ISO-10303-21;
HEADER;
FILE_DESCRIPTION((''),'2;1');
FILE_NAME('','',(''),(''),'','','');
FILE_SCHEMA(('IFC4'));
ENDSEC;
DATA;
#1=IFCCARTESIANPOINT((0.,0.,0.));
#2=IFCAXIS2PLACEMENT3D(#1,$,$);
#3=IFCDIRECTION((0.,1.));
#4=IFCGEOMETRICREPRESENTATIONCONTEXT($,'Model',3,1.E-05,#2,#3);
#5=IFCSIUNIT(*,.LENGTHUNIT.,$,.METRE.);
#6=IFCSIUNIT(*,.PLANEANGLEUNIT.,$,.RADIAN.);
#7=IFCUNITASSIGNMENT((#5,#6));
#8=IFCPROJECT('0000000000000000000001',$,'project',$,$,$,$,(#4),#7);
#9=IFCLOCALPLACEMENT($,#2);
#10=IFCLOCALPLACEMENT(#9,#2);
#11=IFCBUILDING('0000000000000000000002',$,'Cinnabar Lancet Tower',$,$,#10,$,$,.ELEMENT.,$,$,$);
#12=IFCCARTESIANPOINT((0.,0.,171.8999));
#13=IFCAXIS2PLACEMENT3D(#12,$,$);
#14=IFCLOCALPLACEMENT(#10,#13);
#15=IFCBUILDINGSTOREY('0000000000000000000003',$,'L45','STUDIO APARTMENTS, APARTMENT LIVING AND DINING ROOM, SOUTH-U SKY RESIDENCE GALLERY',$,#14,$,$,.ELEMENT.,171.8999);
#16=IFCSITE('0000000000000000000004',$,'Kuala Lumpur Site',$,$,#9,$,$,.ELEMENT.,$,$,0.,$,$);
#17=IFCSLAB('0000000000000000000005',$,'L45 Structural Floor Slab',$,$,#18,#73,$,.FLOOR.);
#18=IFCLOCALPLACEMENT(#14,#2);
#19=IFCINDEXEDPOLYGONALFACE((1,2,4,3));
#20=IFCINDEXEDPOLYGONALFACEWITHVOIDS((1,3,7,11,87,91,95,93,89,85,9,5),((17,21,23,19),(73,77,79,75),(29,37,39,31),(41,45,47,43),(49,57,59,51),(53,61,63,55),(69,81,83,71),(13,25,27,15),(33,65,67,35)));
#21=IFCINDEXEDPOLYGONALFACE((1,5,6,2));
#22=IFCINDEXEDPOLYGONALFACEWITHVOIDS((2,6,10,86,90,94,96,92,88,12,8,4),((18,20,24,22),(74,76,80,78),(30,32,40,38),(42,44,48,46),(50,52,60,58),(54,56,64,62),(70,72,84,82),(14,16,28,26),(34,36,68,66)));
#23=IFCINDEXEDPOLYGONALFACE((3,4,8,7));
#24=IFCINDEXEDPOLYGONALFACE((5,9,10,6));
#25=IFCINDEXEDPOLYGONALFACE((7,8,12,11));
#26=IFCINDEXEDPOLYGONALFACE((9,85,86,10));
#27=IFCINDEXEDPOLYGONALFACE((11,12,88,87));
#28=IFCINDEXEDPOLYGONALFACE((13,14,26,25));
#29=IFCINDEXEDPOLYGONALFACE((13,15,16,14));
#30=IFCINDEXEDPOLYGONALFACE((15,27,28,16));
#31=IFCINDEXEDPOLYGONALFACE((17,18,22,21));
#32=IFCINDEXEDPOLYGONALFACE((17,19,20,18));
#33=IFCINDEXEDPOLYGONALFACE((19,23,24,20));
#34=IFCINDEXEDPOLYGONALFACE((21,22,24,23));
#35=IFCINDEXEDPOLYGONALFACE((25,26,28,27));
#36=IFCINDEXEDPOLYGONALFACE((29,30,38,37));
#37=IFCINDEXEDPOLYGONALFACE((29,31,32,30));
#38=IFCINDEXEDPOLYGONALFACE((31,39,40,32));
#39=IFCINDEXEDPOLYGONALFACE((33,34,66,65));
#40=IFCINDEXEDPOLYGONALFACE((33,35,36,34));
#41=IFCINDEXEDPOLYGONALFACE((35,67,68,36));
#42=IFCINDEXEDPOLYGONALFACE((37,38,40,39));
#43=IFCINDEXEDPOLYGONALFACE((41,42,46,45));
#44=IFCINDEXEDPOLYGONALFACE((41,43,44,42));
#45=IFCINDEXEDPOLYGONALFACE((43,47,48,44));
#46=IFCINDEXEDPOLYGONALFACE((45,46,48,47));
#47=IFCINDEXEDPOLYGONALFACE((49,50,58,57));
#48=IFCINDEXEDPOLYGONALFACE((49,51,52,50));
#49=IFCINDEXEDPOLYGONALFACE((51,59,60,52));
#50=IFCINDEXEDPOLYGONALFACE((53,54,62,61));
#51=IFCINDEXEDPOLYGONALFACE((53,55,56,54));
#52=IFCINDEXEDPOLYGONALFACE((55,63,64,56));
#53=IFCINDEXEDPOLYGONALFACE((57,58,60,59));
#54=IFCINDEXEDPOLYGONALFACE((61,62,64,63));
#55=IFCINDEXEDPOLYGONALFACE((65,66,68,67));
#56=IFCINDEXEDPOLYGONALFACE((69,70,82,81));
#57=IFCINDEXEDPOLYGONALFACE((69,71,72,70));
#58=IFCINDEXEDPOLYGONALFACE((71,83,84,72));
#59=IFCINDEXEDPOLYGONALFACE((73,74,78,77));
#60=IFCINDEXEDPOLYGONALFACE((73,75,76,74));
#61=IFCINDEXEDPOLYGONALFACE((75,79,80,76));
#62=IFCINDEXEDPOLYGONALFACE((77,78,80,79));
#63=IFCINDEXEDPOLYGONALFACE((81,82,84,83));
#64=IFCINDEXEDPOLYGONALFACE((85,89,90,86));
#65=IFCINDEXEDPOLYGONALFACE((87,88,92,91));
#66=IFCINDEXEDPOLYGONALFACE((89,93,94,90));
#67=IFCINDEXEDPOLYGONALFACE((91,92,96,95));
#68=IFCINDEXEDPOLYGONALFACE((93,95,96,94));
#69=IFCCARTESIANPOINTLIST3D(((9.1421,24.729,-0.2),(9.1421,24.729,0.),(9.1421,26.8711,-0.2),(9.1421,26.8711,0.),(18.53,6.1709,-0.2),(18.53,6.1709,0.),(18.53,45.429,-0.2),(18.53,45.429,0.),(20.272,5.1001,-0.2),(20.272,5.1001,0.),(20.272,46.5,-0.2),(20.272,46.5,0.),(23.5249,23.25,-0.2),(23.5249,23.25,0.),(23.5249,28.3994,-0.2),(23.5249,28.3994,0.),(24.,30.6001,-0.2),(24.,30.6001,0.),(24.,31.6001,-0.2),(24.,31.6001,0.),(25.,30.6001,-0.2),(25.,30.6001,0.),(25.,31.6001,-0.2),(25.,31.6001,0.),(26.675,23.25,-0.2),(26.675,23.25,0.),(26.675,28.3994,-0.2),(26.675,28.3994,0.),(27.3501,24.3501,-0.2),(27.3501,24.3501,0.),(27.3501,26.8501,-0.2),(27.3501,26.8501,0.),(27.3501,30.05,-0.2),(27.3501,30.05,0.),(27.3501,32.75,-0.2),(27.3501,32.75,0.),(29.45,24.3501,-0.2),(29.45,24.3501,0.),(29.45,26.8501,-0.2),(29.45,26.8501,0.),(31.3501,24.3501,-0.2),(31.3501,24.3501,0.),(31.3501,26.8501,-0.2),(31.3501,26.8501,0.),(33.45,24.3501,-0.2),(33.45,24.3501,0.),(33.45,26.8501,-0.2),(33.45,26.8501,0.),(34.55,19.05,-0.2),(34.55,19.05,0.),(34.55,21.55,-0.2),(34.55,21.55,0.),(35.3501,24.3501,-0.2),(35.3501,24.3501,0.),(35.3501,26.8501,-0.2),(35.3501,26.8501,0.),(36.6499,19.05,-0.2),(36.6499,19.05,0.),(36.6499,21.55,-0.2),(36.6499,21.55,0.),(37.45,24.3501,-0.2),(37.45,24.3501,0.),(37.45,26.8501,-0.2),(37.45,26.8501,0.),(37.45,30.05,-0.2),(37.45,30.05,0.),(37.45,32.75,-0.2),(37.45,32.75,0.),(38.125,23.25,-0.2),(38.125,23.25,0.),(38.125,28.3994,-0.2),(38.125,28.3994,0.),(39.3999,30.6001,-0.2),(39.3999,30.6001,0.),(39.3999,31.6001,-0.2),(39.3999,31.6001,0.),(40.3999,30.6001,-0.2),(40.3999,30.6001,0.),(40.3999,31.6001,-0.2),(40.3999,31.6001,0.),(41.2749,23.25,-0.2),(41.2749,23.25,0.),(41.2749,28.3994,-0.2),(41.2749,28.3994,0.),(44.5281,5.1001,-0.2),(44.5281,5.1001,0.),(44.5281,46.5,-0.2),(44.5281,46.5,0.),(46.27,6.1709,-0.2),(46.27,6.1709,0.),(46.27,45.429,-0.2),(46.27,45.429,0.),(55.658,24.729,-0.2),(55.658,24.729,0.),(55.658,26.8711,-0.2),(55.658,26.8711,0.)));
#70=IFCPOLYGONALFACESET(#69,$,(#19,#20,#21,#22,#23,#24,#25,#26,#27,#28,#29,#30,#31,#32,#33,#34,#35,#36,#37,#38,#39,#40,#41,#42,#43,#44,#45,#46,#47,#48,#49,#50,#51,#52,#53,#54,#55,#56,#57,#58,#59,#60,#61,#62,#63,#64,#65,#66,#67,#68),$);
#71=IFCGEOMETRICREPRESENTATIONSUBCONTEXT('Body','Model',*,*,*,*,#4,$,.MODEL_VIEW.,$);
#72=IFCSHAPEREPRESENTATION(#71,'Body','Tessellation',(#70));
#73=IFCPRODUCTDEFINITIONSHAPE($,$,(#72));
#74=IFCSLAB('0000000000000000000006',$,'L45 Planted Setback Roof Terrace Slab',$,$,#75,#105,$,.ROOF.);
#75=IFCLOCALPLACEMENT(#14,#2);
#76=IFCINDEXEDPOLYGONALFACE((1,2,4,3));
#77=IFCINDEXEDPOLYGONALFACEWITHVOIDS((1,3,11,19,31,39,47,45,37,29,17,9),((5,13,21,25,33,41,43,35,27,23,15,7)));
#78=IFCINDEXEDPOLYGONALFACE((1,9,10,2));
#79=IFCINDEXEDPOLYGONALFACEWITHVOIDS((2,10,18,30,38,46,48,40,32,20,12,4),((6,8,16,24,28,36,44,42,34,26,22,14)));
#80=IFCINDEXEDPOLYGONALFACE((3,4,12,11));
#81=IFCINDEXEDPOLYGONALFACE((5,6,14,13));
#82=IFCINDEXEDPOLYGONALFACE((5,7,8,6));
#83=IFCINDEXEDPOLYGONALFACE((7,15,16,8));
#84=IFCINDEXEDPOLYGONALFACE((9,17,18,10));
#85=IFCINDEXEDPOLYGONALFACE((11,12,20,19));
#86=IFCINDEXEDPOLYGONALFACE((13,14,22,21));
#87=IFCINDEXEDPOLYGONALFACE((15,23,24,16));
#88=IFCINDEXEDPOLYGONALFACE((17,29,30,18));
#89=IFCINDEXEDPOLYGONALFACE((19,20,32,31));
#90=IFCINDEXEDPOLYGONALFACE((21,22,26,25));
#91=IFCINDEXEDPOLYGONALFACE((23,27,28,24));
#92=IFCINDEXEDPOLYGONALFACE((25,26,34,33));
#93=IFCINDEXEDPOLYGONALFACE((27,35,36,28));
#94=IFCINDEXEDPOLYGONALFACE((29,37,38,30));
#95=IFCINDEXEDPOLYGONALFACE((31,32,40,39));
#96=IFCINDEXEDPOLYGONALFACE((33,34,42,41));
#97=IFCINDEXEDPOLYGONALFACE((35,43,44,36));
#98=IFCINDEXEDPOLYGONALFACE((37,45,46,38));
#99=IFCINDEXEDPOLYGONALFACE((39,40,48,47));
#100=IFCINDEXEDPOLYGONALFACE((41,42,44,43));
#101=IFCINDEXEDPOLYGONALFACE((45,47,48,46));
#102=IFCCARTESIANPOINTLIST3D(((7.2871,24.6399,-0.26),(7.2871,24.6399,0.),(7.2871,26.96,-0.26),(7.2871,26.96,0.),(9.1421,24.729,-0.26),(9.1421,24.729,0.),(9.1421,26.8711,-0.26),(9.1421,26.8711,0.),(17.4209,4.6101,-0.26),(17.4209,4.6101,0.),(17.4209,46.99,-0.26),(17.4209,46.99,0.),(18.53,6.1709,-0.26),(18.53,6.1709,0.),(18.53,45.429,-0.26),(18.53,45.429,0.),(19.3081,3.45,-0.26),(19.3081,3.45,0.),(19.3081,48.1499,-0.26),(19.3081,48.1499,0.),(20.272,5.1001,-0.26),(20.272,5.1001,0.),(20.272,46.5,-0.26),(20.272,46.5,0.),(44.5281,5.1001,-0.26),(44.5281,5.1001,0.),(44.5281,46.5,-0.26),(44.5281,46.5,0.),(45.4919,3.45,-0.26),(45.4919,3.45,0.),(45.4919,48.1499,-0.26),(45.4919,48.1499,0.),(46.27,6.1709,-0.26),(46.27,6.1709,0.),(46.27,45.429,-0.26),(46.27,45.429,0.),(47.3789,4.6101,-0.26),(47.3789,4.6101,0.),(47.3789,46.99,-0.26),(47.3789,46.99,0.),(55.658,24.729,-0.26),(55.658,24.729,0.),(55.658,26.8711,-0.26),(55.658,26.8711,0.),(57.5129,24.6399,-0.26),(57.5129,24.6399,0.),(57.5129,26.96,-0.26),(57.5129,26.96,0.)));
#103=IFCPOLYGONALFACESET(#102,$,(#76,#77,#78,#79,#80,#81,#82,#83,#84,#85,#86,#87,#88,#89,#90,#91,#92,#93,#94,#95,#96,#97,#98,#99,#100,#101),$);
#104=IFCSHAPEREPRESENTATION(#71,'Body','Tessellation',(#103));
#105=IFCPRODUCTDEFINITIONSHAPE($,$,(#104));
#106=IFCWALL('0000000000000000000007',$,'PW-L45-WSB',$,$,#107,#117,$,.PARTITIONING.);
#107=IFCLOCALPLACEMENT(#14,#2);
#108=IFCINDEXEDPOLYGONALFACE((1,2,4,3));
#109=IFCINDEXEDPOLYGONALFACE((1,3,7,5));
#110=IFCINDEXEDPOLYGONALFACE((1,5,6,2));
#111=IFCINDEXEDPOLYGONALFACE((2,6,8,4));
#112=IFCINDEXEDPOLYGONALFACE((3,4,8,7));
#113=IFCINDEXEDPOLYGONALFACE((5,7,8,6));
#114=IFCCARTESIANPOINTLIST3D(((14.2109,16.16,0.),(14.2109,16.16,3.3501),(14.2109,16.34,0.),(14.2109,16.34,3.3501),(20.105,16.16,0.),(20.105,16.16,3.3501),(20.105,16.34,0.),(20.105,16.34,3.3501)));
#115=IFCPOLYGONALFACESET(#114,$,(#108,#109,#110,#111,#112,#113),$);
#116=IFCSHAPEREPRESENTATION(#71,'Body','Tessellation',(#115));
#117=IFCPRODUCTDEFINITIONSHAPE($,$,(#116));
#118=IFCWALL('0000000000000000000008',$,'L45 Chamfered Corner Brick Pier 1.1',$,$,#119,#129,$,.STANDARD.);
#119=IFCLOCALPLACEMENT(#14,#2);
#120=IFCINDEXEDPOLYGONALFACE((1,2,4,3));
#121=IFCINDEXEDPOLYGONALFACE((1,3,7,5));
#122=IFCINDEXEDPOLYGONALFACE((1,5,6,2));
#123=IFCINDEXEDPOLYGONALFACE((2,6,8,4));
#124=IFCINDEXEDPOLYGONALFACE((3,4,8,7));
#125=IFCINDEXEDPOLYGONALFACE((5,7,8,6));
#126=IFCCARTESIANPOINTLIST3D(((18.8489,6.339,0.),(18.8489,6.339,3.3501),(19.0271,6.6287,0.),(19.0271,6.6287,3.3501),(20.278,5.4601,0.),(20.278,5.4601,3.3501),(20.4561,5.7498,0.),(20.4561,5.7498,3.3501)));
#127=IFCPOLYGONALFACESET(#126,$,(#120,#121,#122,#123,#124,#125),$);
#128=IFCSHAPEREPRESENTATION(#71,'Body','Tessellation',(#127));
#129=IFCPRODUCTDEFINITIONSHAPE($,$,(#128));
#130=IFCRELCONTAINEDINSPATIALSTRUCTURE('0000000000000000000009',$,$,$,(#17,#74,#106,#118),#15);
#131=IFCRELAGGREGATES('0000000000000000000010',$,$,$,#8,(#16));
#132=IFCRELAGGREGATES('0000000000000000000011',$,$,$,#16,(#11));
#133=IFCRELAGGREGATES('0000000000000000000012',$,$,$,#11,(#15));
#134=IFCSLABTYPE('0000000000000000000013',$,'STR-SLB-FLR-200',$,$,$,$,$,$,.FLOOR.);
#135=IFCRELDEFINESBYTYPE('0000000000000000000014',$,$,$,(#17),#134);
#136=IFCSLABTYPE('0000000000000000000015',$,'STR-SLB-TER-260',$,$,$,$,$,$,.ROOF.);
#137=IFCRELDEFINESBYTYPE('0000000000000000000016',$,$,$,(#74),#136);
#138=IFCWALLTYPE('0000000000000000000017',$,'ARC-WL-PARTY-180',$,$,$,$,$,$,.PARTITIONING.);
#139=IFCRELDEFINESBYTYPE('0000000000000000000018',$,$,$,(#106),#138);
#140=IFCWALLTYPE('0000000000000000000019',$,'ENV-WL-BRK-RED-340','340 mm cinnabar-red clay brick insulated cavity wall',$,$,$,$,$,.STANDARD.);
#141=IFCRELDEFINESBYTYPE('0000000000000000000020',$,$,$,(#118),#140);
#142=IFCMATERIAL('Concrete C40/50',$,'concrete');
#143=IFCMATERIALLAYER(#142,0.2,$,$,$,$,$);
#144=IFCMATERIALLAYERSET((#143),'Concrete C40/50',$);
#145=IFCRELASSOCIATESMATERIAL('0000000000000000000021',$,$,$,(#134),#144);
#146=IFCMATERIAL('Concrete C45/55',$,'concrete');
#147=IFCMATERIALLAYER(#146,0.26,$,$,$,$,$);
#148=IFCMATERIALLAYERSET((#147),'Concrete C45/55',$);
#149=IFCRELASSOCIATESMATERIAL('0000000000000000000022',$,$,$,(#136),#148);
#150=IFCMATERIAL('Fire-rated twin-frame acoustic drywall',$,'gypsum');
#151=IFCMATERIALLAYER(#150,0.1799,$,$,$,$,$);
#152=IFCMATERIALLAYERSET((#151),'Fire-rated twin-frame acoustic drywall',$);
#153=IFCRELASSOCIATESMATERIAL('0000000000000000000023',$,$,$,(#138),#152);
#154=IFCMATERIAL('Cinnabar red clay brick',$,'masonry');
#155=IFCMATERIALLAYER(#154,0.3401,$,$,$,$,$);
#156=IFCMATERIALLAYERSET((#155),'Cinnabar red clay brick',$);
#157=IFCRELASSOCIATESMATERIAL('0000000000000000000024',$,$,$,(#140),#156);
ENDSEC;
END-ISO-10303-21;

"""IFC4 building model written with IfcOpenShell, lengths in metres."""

from ifc_helpers import new_model, si_unit, direction, frame, frame_2d, origin, place, context, subcontext, project, spatial, polyline, rectangle, outline, extrude, material, layer, layer_set, type_object, element, save


model = new_model("IFC4")

# Units and contexts
model_context = context("Model", 3, precision=1e-05, world=origin(), true_north=direction((0.0, 1.0)))
body_context = subcontext(model_context, "Body", "Model", "MODEL_VIEW")
ifc_project = project(units=[si_unit("LENGTHUNIT", "METRE"), si_unit("PLANEANGLEUNIT", "RADIAN")], contexts=[model_context])

# Site, building, storey
site_placement = place(None, origin())
site = spatial("IfcSite", under=ifc_project, at=site_placement, Name="Kuala Lumpur Site", CompositionType="ELEMENT", RefElevation=0.0)
building_placement = place(site_placement, origin())
building = spatial("IfcBuilding", under=site, at=building_placement, Name="Cinnabar Lancet Tower", CompositionType="ELEMENT")
storey_placement = place(building_placement, frame((0.0, 0.0, 171.8999)))
storey = spatial("IfcBuildingStorey", under=building, at=storey_placement, Name="L45", Description="STUDIO APARTMENTS, APARTMENT LIVING AND DINING ROOM, SOUTH-U SKY RESIDENCE GALLERY", CompositionType="ELEMENT", Elevation=171.8999)

# Slabs
ifc_material_1 = material(Name="Concrete C40/50", Category="concrete")
ifc_layer_1 = layer(ifc_material_1, 0.2)
ifc_layer_set_1 = layer_set([ifc_layer_1], Name="Concrete C40/50")
slab_type_1 = type_object("IfcSlabType", Name="STR-SLB-FLR-200", PredefinedType="FLOOR", material=ifc_layer_set_1)
slab_1_placement = place(storey_placement, frame((0.0, 0.0, -0.2)))
element("IfcSlab", 1, at=slab_1_placement, inside=storey, type_object=slab_type_1, Name="L45 Structural Floor Slab", PredefinedType="FLOOR", context=body_context, shape_type="SweptSolid", body=[
    extrude(outline(polyline([(18.53, 6.1709), (20.272, 5.1001), (44.5281, 5.1001), (46.27, 6.1709), (55.658, 24.729), (55.658, 26.8711), (46.27, 45.429), (44.5281, 46.5), (20.272, 46.5), (18.53, 45.429), (9.1421, 26.8711), (9.1421, 24.729), (18.53, 6.1709)]), holes=[polyline([(23.5249, 23.25), (26.675, 23.25), (26.675, 28.3994), (23.5249, 28.3994), (23.5249, 23.25)]), polyline([(38.125, 23.25), (41.2749, 23.25), (41.2749, 28.3994), (38.125, 28.3994), (38.125, 23.25)]), polyline([(27.3501, 30.05), (37.45, 30.05), (37.45, 32.75), (27.3501, 32.75), (27.3501, 30.05)]), polyline([(34.55, 19.05), (36.6499, 19.05), (36.6499, 21.55), (34.55, 21.55), (34.55, 19.05)]), polyline([(27.3501, 24.3501), (29.45, 24.3501), (29.45, 26.8501), (27.3501, 26.8501), (27.3501, 24.3501)]), polyline([(35.3501, 24.3501), (37.45, 24.3501), (37.45, 26.8501), (35.3501, 26.8501), (35.3501, 24.3501)]), polyline([(31.3501, 24.3501), (33.45, 24.3501), (33.45, 26.8501), (31.3501, 26.8501), (31.3501, 24.3501)]), polyline([(24.0, 30.6001), (25.0, 30.6001), (25.0, 31.6001), (24.0, 31.6001), (24.0, 30.6001)]), polyline([(39.3999, 30.6001), (40.3999, 30.6001), (40.3999, 31.6001), (39.3999, 31.6001), (39.3999, 30.6001)])]), origin(), (0.0, 0.0, 1.0), 0.2),
])
ifc_material_2 = material(Name="Concrete C45/55", Category="concrete")
ifc_layer_2 = layer(ifc_material_2, 0.26)
ifc_layer_set_2 = layer_set([ifc_layer_2], Name="Concrete C45/55")
slab_type_2 = type_object("IfcSlabType", Name="STR-SLB-TER-260", PredefinedType="ROOF", material=ifc_layer_set_2)
slab_2_placement = place(storey_placement, frame((0.0, 0.0, -0.26)))
element("IfcSlab", 2, at=slab_2_placement, inside=storey, type_object=slab_type_2, Name="L45 Planted Setback Roof Terrace Slab", PredefinedType="ROOF", context=body_context, shape_type="SweptSolid", body=[
    extrude(outline(polyline([(17.4209, 4.6101), (19.3081, 3.45), (45.4919, 3.45), (47.3789, 4.6101), (57.5129, 24.6399), (57.5129, 26.96), (47.3789, 46.99), (45.4919, 48.1499), (19.3081, 48.1499), (17.4209, 46.99), (7.2871, 26.96), (7.2871, 24.6399), (17.4209, 4.6101)]), holes=[polyline([(18.53, 6.1709), (20.272, 5.1001), (44.5281, 5.1001), (46.27, 6.1709), (55.658, 24.729), (55.658, 26.8711), (46.27, 45.429), (44.5281, 46.5), (20.272, 46.5), (18.53, 45.429), (9.1421, 26.8711), (9.1421, 24.729), (18.53, 6.1709)])]), origin(), (0.0, 0.0, 1.0), 0.26),
])

# Walls
ifc_material_3 = material(Name="Fire-rated twin-frame acoustic drywall", Category="gypsum")
ifc_layer_3 = layer(ifc_material_3, 0.1799)
ifc_layer_set_3 = layer_set([ifc_layer_3], Name="Fire-rated twin-frame acoustic drywall")
wall_type_1 = type_object("IfcWallType", Name="ARC-WL-PARTY-180", PredefinedType="PARTITIONING", material=ifc_layer_set_3)
wall_1_placement = place(storey_placement, frame((14.2109, 16.25, 0.0), z_axis=(0.0, 0.0, 1.0), x_axis=(1.0, 0.0, 0.0)))
element("IfcWall", 3, at=wall_1_placement, inside=storey, type_object=wall_type_1, Name="PW-L45-WSB", PredefinedType="PARTITIONING", context=body_context, shape_type="SweptSolid", body=[
    extrude(rectangle(XDim=5.894, YDim=0.1799, at=frame_2d((2.947, 0.0))), origin(), (0.0, 0.0, 1.0), 3.3501),
])
ifc_material_4 = material(Name="Cinnabar red clay brick", Category="masonry")
ifc_layer_4 = layer(ifc_material_4, 0.3401)
ifc_layer_set_4 = layer_set([ifc_layer_4], Name="Cinnabar red clay brick")
wall_type_2 = type_object("IfcWallType", Name="ENV-WL-BRK-RED-340", Description="340 mm cinnabar-red clay brick insulated cavity wall", PredefinedType="STANDARD", material=ifc_layer_set_4)
wall_2_placement = place(storey_placement, frame((18.938, 6.4839, 0.0), z_axis=(0.0, 0.0, 1.0), x_axis=(0.851778, -0.523903, 0.0)))
element("IfcWall", 4, at=wall_2_placement, inside=storey, type_object=wall_type_2, Name="L45 Chamfered Corner Brick Pier 1.1", PredefinedType="STANDARD", context=body_context, shape_type="SweptSolid", body=[
    extrude(rectangle(XDim=1.6777, YDim=0.3401, at=frame_2d((0.8389, 0.0))), origin(), (0.0, 0.0, 1.0), 3.3501),
])

save(model, "model.ifc")
